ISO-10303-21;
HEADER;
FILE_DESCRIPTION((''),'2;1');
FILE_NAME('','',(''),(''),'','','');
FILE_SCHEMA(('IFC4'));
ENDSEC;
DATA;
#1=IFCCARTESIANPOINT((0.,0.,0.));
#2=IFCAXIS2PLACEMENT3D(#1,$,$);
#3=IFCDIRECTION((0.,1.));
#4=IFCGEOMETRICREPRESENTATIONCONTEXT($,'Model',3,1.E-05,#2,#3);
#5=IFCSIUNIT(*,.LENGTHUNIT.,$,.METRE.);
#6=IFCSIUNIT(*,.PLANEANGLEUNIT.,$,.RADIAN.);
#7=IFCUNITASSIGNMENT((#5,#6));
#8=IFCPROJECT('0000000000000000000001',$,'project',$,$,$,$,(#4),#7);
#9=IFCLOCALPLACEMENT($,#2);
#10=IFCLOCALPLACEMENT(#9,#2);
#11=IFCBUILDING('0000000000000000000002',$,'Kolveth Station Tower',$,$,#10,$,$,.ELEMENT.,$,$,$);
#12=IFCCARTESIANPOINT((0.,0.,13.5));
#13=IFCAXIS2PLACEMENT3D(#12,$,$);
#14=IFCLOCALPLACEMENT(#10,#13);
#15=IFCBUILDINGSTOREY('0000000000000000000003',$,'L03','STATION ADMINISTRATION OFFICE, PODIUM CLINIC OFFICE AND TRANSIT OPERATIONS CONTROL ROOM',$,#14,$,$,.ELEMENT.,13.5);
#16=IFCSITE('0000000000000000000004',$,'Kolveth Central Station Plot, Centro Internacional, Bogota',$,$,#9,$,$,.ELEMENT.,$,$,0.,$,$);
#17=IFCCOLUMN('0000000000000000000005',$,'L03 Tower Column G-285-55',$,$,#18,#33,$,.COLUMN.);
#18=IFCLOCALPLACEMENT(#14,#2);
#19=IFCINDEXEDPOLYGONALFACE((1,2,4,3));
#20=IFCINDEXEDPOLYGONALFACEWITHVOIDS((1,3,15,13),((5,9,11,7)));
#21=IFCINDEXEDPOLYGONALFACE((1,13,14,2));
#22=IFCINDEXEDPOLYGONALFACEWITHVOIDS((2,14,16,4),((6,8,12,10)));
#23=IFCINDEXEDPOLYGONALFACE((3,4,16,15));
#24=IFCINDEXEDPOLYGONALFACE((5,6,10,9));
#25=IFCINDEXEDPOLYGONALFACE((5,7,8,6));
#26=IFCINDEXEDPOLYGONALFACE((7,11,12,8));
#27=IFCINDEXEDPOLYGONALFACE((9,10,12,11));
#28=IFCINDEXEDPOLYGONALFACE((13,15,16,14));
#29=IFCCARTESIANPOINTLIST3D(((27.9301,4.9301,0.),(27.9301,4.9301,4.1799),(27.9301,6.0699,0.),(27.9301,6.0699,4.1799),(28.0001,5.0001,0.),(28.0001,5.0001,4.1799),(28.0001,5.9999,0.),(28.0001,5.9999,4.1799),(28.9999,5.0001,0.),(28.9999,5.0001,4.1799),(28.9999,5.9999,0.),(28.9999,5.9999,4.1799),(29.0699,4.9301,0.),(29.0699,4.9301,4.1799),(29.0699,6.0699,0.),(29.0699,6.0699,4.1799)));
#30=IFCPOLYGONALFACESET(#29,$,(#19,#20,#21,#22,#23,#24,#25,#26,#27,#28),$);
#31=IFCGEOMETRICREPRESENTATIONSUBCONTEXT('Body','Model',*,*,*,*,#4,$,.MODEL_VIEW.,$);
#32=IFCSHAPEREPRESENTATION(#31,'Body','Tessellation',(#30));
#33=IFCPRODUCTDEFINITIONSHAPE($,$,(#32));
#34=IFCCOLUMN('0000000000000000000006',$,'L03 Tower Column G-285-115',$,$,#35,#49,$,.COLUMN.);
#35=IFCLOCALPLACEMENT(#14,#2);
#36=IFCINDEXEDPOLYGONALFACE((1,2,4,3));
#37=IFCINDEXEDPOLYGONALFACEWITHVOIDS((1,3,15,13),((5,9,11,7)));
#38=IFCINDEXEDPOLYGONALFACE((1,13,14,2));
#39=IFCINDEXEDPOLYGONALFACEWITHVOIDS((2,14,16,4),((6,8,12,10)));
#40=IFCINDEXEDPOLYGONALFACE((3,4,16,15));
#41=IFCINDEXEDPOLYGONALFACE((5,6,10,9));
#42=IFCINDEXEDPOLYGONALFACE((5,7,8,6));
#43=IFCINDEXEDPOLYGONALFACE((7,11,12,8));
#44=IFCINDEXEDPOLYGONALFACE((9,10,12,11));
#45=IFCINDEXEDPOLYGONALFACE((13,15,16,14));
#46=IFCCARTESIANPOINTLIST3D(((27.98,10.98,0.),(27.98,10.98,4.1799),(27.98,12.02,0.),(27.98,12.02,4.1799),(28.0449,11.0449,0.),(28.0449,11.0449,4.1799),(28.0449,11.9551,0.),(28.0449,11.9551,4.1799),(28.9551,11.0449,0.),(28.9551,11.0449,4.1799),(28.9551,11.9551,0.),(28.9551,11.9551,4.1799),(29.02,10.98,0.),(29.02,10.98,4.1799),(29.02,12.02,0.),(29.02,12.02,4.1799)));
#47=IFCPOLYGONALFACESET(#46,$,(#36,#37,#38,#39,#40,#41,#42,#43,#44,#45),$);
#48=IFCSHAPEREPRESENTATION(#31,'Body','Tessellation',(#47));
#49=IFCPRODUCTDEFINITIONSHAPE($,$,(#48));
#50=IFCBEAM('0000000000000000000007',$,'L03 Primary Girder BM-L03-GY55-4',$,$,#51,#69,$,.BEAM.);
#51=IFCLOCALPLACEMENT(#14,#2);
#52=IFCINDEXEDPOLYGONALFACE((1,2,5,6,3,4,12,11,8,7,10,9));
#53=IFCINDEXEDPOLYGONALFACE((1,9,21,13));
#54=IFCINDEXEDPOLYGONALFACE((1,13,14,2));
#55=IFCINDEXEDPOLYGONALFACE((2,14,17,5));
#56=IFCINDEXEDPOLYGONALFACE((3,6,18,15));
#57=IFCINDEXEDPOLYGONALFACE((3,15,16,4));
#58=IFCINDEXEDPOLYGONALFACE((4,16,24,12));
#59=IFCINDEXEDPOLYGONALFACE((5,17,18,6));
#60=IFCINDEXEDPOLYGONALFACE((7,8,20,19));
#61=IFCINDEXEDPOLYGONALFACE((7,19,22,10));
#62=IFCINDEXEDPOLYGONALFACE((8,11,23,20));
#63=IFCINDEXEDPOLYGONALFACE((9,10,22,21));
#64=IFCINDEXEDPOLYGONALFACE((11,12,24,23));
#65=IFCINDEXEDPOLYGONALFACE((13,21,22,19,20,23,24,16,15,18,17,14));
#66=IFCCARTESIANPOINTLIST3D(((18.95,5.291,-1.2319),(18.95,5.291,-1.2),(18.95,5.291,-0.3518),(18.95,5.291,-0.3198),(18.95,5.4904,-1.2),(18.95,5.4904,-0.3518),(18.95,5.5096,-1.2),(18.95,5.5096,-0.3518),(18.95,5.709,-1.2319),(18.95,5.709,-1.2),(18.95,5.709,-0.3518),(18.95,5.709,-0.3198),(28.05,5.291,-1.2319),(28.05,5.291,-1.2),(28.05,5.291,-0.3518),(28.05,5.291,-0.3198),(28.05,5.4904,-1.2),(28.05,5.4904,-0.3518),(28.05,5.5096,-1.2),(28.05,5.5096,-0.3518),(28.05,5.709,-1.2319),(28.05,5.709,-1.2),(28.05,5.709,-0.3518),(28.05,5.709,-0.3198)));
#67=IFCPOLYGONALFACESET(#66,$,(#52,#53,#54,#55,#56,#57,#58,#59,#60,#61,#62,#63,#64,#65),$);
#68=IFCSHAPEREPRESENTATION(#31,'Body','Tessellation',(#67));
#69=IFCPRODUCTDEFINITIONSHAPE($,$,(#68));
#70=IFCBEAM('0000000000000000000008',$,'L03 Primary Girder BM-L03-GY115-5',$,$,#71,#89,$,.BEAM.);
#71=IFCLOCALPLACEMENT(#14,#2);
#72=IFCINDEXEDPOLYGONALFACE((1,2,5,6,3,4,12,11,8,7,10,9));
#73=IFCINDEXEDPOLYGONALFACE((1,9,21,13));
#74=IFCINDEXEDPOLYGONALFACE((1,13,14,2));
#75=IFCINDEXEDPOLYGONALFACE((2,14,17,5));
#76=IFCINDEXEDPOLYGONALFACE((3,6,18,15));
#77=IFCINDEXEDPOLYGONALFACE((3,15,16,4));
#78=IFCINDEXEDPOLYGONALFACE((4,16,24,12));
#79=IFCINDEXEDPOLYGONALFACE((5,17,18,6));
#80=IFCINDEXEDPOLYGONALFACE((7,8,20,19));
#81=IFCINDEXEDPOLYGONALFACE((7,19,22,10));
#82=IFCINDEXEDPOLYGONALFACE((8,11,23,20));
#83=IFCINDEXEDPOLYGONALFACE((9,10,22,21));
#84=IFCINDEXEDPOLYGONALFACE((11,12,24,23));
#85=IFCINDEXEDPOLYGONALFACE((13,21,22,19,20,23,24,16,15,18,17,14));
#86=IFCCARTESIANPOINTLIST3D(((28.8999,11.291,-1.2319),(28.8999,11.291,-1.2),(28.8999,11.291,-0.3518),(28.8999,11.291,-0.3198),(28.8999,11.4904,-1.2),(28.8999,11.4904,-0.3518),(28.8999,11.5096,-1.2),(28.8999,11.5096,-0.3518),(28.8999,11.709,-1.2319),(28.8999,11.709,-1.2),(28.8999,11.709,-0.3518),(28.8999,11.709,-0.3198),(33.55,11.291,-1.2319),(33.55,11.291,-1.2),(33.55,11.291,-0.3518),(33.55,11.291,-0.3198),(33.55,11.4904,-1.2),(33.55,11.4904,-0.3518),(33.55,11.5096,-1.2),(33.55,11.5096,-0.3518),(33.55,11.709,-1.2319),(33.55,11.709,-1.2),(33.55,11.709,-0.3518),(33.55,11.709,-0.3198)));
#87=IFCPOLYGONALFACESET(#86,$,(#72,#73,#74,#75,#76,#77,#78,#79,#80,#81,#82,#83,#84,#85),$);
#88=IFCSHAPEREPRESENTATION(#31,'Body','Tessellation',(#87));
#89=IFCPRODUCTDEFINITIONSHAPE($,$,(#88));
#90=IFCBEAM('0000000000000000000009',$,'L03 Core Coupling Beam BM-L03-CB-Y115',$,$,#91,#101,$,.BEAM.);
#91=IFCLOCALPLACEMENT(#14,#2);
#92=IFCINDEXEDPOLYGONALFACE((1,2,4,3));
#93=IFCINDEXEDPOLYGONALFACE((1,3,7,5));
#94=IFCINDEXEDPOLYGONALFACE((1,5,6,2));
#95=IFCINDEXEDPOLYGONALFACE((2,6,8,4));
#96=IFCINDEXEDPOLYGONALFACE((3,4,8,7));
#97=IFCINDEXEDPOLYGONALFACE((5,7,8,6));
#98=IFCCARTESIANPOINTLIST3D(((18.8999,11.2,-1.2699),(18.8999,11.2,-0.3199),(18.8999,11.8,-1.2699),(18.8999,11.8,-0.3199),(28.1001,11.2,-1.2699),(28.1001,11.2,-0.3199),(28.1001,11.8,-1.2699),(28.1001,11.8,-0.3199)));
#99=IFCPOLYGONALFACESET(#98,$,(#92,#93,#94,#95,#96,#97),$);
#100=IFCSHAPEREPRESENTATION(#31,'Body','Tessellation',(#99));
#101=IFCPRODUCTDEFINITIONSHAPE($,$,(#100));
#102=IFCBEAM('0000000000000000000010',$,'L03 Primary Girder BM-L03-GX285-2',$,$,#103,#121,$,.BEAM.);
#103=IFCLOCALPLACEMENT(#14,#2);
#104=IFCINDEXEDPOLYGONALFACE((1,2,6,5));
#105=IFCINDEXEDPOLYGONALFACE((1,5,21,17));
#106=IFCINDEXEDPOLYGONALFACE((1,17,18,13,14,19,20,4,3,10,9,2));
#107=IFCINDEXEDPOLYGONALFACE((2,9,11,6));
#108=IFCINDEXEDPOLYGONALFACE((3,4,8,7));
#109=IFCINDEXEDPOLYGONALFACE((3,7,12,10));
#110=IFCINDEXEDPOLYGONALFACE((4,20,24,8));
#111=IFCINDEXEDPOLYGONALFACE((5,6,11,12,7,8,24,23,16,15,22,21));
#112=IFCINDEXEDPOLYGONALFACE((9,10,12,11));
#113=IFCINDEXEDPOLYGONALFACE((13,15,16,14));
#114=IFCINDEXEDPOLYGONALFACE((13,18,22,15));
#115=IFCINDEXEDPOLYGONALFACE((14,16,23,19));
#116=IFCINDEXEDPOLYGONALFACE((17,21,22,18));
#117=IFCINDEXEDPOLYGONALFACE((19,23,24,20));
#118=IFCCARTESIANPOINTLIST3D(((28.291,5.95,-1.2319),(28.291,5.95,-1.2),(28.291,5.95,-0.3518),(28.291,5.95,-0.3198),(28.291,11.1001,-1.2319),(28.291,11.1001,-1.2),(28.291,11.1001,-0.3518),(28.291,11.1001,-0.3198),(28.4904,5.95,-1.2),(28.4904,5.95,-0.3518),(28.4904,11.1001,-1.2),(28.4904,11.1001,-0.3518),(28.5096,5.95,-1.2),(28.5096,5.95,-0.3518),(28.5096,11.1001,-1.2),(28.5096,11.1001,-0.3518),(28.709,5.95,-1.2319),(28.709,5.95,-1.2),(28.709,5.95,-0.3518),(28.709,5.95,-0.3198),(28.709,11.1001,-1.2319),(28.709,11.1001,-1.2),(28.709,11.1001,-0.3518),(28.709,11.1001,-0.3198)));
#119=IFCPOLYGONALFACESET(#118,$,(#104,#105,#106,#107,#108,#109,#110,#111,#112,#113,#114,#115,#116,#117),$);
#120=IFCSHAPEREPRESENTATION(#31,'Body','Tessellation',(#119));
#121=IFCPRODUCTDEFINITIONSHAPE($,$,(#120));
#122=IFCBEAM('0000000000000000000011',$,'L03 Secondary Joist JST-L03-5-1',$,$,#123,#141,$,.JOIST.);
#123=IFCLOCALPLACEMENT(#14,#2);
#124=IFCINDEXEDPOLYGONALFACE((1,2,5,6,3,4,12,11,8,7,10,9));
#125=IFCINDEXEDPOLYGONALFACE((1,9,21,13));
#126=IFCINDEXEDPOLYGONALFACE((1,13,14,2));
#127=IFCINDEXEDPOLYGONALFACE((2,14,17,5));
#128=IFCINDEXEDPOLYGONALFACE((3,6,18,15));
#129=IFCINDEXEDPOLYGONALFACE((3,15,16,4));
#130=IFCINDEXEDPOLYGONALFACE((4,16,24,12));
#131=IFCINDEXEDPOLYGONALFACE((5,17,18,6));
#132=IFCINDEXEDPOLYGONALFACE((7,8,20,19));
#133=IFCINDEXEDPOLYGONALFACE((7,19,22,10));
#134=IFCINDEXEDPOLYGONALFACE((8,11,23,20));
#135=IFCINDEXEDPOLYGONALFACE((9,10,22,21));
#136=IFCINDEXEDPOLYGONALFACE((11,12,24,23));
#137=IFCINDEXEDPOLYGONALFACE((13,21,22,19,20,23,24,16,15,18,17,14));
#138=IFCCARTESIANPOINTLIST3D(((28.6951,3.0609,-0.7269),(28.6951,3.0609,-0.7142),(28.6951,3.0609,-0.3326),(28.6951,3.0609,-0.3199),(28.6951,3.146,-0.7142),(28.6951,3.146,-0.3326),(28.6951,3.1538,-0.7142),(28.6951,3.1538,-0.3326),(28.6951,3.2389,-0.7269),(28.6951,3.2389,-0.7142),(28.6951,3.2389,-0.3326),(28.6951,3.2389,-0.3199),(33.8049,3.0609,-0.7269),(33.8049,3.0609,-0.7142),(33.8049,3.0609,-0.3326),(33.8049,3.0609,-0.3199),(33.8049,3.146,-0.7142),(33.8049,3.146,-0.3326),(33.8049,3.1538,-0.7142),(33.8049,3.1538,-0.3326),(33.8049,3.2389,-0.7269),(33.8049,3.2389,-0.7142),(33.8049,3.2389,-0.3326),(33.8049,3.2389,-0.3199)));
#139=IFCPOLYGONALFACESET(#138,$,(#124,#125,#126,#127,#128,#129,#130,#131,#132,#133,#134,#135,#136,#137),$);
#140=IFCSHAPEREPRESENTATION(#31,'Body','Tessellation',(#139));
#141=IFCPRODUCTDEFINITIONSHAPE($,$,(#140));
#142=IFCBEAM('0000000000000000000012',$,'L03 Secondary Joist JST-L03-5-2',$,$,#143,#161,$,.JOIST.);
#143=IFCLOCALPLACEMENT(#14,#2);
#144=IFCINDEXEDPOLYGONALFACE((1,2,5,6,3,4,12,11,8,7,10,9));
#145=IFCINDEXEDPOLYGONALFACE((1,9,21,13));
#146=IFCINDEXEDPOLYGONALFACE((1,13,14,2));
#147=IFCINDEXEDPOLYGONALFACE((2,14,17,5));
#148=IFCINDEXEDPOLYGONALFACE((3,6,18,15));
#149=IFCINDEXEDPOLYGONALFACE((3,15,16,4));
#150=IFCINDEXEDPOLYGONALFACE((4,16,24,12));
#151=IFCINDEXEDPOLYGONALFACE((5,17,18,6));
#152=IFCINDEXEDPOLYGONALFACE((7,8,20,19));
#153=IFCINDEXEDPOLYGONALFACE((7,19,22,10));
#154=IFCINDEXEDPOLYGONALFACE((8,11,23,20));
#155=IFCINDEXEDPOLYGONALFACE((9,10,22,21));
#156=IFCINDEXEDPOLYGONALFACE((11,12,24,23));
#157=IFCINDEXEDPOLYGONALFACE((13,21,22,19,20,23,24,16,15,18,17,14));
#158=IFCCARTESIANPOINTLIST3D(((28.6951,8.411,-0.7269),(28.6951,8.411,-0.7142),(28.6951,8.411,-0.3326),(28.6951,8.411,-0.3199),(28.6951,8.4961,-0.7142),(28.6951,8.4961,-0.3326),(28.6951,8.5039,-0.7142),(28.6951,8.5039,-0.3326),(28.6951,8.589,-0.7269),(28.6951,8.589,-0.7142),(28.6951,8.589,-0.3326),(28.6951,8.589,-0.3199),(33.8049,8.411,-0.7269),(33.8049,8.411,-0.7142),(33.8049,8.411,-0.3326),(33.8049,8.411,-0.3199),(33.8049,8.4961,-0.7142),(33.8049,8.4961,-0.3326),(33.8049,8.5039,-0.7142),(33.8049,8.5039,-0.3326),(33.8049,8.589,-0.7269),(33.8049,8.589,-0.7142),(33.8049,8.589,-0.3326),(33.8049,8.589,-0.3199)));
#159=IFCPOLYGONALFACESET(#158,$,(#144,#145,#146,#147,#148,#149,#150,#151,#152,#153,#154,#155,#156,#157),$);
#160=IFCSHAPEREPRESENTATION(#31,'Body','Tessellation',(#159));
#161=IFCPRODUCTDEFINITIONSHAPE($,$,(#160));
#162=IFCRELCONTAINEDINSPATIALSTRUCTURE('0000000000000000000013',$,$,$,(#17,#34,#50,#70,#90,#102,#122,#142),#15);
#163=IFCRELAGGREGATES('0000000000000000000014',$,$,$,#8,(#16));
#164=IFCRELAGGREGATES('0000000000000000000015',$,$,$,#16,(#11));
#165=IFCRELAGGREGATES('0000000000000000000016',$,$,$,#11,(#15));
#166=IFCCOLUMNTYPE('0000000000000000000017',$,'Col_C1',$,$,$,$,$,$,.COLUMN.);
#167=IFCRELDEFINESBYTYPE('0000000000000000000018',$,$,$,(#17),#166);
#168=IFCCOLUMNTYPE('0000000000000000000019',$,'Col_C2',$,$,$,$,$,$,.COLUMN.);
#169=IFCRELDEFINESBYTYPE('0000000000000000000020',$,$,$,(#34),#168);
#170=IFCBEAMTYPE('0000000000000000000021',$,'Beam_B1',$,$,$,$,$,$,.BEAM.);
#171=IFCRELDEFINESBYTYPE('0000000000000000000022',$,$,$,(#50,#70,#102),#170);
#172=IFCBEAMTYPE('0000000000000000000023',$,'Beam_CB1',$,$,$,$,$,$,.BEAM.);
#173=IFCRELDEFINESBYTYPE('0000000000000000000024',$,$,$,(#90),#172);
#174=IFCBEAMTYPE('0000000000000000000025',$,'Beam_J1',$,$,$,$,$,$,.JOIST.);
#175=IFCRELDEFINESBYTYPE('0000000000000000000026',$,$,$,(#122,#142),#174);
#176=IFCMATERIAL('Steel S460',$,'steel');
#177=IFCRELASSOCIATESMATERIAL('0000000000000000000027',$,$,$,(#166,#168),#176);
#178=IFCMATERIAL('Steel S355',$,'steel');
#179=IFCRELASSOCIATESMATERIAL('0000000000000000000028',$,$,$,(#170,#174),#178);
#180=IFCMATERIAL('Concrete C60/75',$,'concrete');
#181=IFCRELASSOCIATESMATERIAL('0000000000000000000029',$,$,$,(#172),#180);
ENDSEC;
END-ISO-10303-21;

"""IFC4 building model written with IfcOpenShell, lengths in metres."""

from ifc_helpers import new_model, si_unit, direction, frame, origin, origin_2d, place, context, subcontext, project, spatial, rectangle, hollow_rectangle, i_section, extrude, source, transform, mapped, material, material_profile, profile_set, type_object, element, save


model = new_model("IFC4")

# Units and contexts
model_context = context("Model", 3, precision=1e-05, world=origin(), true_north=direction((0.0, 1.0)))
body_context = subcontext(model_context, "Body", "Model", "MODEL_VIEW")
ifc_project = project(units=[si_unit("LENGTHUNIT", "METRE"), si_unit("PLANEANGLEUNIT", "RADIAN")], contexts=[model_context])

# Site, building, storey
site_placement = place(None, origin())
site = spatial("IfcSite", under=ifc_project, at=site_placement, Name="Kolveth Central Station Plot, Centro Internacional, Bogota", CompositionType="ELEMENT", RefElevation=0.0)
building_placement = place(site_placement, origin())
building = spatial("IfcBuilding", under=site, at=building_placement, Name="Kolveth Station Tower", CompositionType="ELEMENT")
storey_placement = place(building_placement, frame((0.0, 0.0, 13.5)))
storey = spatial("IfcBuildingStorey", under=building, at=storey_placement, Name="L03", Description="STATION ADMINISTRATION OFFICE, PODIUM CLINIC OFFICE AND TRANSIT OPERATIONS CONTROL ROOM", CompositionType="ELEMENT", Elevation=13.5)

# Columns
ifc_material_1 = material(Name="Steel S460", Category="steel")
ifc_material_profile_1 = material_profile(ifc_material_1, hollow_rectangle(XDim=1.1399, YDim=1.1399, WallThickness=0.0701, at=origin_2d()), Name="BOX1140x1140x70")
ifc_profile_set_1 = profile_set([ifc_material_profile_1], Name="Steel S460")
column_type_1 = type_object("IfcColumnType", Name="Col_C1", PredefinedType="COLUMN", material=ifc_profile_set_1)
shared_shape_1 = source(origin(), body_context, "Body", "SweptSolid", [
    extrude(hollow_rectangle(XDim=1.1399, YDim=1.1399, WallThickness=0.0701, at=origin_2d()), origin(), (0.0, 0.0, 1.0), 4.1799),
])
column_1_placement = place(storey_placement, frame((28.5, 5.5, 0.0), z_axis=(0.0, 0.0, 1.0), x_axis=(1.0, 0.0, 0.0)))
element("IfcColumn", 1, at=column_1_placement, inside=storey, type_object=column_type_1, Name="L03 Tower Column G-285-55", PredefinedType="COLUMN", context=body_context, shape_type="MappedRepresentation", body=[
    mapped(shared_shape_1, transform((0.0, 0.0, 0.0), x_axis=(1.0, 0.0, 0.0), y_axis=(0.0, 1.0, 0.0), z_axis=(0.0, 0.0, 1.0), scale=1.0)),
])
ifc_material_profile_2 = material_profile(ifc_material_1, hollow_rectangle(XDim=1.04, YDim=1.04, WallThickness=0.0649, at=origin_2d()), Name="BOX1040x1040x65")
ifc_profile_set_2 = profile_set([ifc_material_profile_2], Name="Steel S460")
column_type_2 = type_object("IfcColumnType", Name="Col_C2", PredefinedType="COLUMN", material=ifc_profile_set_2)
shared_shape_2 = source(origin(), body_context, "Body", "SweptSolid", [
    extrude(hollow_rectangle(XDim=1.04, YDim=1.04, WallThickness=0.0649, at=origin_2d()), origin(), (0.0, 0.0, 1.0), 4.1799),
])
column_2_placement = place(storey_placement, frame((28.5, 11.5, 0.0), z_axis=(0.0, 0.0, 1.0), x_axis=(1.0, 0.0, 0.0)))
element("IfcColumn", 2, at=column_2_placement, inside=storey, type_object=column_type_2, Name="L03 Tower Column G-285-115", PredefinedType="COLUMN", context=body_context, shape_type="MappedRepresentation", body=[
    mapped(shared_shape_2, transform((0.0, 0.0, 0.0), x_axis=(1.0, 0.0, 0.0), y_axis=(0.0, 1.0, 0.0), z_axis=(0.0, 0.0, 1.0), scale=1.0)),
])

# Beams
ifc_material_2 = material(Name="Steel S355", Category="steel")
ifc_material_profile_3 = material_profile(ifc_material_2, i_section(OverallWidth=0.418, OverallDepth=0.9121, WebThickness=0.0193, FlangeThickness=0.032, at=origin_2d()), Name="W920x342")
ifc_profile_set_3 = profile_set([ifc_material_profile_3], Name="Steel S355")
beam_type_1 = type_object("IfcBeamType", Name="Beam_B1", PredefinedType="BEAM", material=ifc_profile_set_3)
shared_shape_3 = source(origin(), body_context, "Body", "SweptSolid", [
    extrude(i_section(OverallWidth=0.418, OverallDepth=0.9121, WebThickness=0.0193, FlangeThickness=0.032, at=origin_2d()), origin(), (0.0, 0.0, 1.0), 9.1001),
])
beam_1_placement = place(storey_placement, frame((18.95, 5.5, -0.7759), z_axis=(1.0, 0.0, 0.0), x_axis=(0.0, 1.0, 0.0)))
element("IfcBeam", 3, at=beam_1_placement, inside=storey, type_object=beam_type_1, Name="L03 Primary Girder BM-L03-GY55-4", PredefinedType="BEAM", context=body_context, shape_type="MappedRepresentation", body=[
    mapped(shared_shape_3, transform((0.0, 0.0, 0.0), x_axis=(1.0, 0.0, 0.0), y_axis=(0.0, 1.0, 0.0), z_axis=(0.0, 0.0, 1.0), scale=1.0)),
])
shared_shape_4 = source(origin(), body_context, "Body", "SweptSolid", [
    extrude(i_section(OverallWidth=0.418, OverallDepth=0.9121, WebThickness=0.0193, FlangeThickness=0.032, at=origin_2d()), origin(), (0.0, 0.0, 1.0), 4.6501),
])
beam_2_placement = place(storey_placement, frame((28.8999, 11.5, -0.7759), z_axis=(1.0, 0.0, 0.0), x_axis=(0.0, 1.0, 0.0)))
element("IfcBeam", 4, at=beam_2_placement, inside=storey, type_object=beam_type_1, Name="L03 Primary Girder BM-L03-GY115-5", PredefinedType="BEAM", context=body_context, shape_type="MappedRepresentation", body=[
    mapped(shared_shape_4, transform((0.0, 0.0, 0.0), x_axis=(1.0, 0.0, 0.0), y_axis=(0.0, 1.0, 0.0), z_axis=(0.0, 0.0, 1.0), scale=1.0)),
])
ifc_material_3 = material(Name="Concrete C60/75", Category="concrete")
ifc_material_profile_4 = material_profile(ifc_material_3, rectangle(XDim=0.6001, YDim=0.95, at=origin_2d()), Name="RC-600x950")
ifc_profile_set_4 = profile_set([ifc_material_profile_4], Name="Concrete C60/75")
beam_type_2 = type_object("IfcBeamType", Name="Beam_CB1", PredefinedType="BEAM", material=ifc_profile_set_4)
shared_shape_5 = source(origin(), body_context, "Body", "SweptSolid", [
    extrude(rectangle(XDim=0.6001, YDim=0.95, at=origin_2d()), origin(), (0.0, 0.0, 1.0), 9.2002),
])
beam_3_placement = place(storey_placement, frame((18.8999, 11.5, -0.7949), z_axis=(1.0, 0.0, 0.0), x_axis=(0.0, 1.0, 0.0)))
element("IfcBeam", 5, at=beam_3_placement, inside=storey, type_object=beam_type_2, Name="L03 Core Coupling Beam BM-L03-CB-Y115", PredefinedType="BEAM", context=body_context, shape_type="MappedRepresentation", body=[
    mapped(shared_shape_5, transform((0.0, 0.0, 0.0), x_axis=(1.0, 0.0, 0.0), y_axis=(0.0, 1.0, 0.0), z_axis=(0.0, 0.0, 1.0), scale=1.0)),
])
shared_shape_6 = source(origin(), body_context, "Body", "SweptSolid", [
    extrude(i_section(OverallWidth=0.418, OverallDepth=0.9121, WebThickness=0.0193, FlangeThickness=0.032, at=origin_2d()), origin(), (0.0, 0.0, 1.0), 5.1501),
])
beam_4_placement = place(storey_placement, frame((28.5, 5.95, -0.7759), z_axis=(0.0, 1.0, 0.0), x_axis=(-1.0, 0.0, 0.0)))
element("IfcBeam", 6, at=beam_4_placement, inside=storey, type_object=beam_type_1, Name="L03 Primary Girder BM-L03-GX285-2", PredefinedType="BEAM", context=body_context, shape_type="MappedRepresentation", body=[
    mapped(shared_shape_6, transform((0.0, 0.0, 0.0), x_axis=(1.0, 0.0, 0.0), y_axis=(0.0, 1.0, 0.0), z_axis=(0.0, 0.0, 1.0), scale=1.0)),
])
ifc_material_profile_5 = material_profile(ifc_material_2, i_section(OverallWidth=0.178, OverallDepth=0.407, WebThickness=0.0078, FlangeThickness=0.0127, at=origin_2d()), Name="W410x60")
ifc_profile_set_5 = profile_set([ifc_material_profile_5], Name="Steel S355")
beam_type_3 = type_object("IfcBeamType", Name="Beam_J1", PredefinedType="JOIST", material=ifc_profile_set_5)
shared_shape_7 = source(origin(), body_context, "Body", "SweptSolid", [
    extrude(i_section(OverallWidth=0.178, OverallDepth=0.407, WebThickness=0.0078, FlangeThickness=0.0127, at=origin_2d()), origin(), (0.0, 0.0, 1.0), 5.1099),
])
for number, where, z_axis, x_axis, name in (
    (7, (28.6951, 3.1499, -0.5234), (1.0, 0.0, 0.0), (0.0, 1.0, 0.0), "L03 Secondary Joist JST-L03-5-1"),
    (8, (28.6951, 8.5, -0.5234), (1.0, 0.0, 0.0), (0.0, 1.0, 0.0), "L03 Secondary Joist JST-L03-5-2"),
):
    element("IfcBeam", number, at=place(storey_placement, frame(where, z_axis=z_axis, x_axis=x_axis)), inside=storey, type_object=beam_type_3, Name=name, PredefinedType="JOIST", context=body_context, shape_type="MappedRepresentation", body=[
        mapped(shared_shape_7, transform((0.0, 0.0, 0.0), x_axis=(1.0, 0.0, 0.0), y_axis=(0.0, 1.0, 0.0), z_axis=(0.0, 0.0, 1.0), scale=1.0)),
    ])

save(model, "model.ifc")
